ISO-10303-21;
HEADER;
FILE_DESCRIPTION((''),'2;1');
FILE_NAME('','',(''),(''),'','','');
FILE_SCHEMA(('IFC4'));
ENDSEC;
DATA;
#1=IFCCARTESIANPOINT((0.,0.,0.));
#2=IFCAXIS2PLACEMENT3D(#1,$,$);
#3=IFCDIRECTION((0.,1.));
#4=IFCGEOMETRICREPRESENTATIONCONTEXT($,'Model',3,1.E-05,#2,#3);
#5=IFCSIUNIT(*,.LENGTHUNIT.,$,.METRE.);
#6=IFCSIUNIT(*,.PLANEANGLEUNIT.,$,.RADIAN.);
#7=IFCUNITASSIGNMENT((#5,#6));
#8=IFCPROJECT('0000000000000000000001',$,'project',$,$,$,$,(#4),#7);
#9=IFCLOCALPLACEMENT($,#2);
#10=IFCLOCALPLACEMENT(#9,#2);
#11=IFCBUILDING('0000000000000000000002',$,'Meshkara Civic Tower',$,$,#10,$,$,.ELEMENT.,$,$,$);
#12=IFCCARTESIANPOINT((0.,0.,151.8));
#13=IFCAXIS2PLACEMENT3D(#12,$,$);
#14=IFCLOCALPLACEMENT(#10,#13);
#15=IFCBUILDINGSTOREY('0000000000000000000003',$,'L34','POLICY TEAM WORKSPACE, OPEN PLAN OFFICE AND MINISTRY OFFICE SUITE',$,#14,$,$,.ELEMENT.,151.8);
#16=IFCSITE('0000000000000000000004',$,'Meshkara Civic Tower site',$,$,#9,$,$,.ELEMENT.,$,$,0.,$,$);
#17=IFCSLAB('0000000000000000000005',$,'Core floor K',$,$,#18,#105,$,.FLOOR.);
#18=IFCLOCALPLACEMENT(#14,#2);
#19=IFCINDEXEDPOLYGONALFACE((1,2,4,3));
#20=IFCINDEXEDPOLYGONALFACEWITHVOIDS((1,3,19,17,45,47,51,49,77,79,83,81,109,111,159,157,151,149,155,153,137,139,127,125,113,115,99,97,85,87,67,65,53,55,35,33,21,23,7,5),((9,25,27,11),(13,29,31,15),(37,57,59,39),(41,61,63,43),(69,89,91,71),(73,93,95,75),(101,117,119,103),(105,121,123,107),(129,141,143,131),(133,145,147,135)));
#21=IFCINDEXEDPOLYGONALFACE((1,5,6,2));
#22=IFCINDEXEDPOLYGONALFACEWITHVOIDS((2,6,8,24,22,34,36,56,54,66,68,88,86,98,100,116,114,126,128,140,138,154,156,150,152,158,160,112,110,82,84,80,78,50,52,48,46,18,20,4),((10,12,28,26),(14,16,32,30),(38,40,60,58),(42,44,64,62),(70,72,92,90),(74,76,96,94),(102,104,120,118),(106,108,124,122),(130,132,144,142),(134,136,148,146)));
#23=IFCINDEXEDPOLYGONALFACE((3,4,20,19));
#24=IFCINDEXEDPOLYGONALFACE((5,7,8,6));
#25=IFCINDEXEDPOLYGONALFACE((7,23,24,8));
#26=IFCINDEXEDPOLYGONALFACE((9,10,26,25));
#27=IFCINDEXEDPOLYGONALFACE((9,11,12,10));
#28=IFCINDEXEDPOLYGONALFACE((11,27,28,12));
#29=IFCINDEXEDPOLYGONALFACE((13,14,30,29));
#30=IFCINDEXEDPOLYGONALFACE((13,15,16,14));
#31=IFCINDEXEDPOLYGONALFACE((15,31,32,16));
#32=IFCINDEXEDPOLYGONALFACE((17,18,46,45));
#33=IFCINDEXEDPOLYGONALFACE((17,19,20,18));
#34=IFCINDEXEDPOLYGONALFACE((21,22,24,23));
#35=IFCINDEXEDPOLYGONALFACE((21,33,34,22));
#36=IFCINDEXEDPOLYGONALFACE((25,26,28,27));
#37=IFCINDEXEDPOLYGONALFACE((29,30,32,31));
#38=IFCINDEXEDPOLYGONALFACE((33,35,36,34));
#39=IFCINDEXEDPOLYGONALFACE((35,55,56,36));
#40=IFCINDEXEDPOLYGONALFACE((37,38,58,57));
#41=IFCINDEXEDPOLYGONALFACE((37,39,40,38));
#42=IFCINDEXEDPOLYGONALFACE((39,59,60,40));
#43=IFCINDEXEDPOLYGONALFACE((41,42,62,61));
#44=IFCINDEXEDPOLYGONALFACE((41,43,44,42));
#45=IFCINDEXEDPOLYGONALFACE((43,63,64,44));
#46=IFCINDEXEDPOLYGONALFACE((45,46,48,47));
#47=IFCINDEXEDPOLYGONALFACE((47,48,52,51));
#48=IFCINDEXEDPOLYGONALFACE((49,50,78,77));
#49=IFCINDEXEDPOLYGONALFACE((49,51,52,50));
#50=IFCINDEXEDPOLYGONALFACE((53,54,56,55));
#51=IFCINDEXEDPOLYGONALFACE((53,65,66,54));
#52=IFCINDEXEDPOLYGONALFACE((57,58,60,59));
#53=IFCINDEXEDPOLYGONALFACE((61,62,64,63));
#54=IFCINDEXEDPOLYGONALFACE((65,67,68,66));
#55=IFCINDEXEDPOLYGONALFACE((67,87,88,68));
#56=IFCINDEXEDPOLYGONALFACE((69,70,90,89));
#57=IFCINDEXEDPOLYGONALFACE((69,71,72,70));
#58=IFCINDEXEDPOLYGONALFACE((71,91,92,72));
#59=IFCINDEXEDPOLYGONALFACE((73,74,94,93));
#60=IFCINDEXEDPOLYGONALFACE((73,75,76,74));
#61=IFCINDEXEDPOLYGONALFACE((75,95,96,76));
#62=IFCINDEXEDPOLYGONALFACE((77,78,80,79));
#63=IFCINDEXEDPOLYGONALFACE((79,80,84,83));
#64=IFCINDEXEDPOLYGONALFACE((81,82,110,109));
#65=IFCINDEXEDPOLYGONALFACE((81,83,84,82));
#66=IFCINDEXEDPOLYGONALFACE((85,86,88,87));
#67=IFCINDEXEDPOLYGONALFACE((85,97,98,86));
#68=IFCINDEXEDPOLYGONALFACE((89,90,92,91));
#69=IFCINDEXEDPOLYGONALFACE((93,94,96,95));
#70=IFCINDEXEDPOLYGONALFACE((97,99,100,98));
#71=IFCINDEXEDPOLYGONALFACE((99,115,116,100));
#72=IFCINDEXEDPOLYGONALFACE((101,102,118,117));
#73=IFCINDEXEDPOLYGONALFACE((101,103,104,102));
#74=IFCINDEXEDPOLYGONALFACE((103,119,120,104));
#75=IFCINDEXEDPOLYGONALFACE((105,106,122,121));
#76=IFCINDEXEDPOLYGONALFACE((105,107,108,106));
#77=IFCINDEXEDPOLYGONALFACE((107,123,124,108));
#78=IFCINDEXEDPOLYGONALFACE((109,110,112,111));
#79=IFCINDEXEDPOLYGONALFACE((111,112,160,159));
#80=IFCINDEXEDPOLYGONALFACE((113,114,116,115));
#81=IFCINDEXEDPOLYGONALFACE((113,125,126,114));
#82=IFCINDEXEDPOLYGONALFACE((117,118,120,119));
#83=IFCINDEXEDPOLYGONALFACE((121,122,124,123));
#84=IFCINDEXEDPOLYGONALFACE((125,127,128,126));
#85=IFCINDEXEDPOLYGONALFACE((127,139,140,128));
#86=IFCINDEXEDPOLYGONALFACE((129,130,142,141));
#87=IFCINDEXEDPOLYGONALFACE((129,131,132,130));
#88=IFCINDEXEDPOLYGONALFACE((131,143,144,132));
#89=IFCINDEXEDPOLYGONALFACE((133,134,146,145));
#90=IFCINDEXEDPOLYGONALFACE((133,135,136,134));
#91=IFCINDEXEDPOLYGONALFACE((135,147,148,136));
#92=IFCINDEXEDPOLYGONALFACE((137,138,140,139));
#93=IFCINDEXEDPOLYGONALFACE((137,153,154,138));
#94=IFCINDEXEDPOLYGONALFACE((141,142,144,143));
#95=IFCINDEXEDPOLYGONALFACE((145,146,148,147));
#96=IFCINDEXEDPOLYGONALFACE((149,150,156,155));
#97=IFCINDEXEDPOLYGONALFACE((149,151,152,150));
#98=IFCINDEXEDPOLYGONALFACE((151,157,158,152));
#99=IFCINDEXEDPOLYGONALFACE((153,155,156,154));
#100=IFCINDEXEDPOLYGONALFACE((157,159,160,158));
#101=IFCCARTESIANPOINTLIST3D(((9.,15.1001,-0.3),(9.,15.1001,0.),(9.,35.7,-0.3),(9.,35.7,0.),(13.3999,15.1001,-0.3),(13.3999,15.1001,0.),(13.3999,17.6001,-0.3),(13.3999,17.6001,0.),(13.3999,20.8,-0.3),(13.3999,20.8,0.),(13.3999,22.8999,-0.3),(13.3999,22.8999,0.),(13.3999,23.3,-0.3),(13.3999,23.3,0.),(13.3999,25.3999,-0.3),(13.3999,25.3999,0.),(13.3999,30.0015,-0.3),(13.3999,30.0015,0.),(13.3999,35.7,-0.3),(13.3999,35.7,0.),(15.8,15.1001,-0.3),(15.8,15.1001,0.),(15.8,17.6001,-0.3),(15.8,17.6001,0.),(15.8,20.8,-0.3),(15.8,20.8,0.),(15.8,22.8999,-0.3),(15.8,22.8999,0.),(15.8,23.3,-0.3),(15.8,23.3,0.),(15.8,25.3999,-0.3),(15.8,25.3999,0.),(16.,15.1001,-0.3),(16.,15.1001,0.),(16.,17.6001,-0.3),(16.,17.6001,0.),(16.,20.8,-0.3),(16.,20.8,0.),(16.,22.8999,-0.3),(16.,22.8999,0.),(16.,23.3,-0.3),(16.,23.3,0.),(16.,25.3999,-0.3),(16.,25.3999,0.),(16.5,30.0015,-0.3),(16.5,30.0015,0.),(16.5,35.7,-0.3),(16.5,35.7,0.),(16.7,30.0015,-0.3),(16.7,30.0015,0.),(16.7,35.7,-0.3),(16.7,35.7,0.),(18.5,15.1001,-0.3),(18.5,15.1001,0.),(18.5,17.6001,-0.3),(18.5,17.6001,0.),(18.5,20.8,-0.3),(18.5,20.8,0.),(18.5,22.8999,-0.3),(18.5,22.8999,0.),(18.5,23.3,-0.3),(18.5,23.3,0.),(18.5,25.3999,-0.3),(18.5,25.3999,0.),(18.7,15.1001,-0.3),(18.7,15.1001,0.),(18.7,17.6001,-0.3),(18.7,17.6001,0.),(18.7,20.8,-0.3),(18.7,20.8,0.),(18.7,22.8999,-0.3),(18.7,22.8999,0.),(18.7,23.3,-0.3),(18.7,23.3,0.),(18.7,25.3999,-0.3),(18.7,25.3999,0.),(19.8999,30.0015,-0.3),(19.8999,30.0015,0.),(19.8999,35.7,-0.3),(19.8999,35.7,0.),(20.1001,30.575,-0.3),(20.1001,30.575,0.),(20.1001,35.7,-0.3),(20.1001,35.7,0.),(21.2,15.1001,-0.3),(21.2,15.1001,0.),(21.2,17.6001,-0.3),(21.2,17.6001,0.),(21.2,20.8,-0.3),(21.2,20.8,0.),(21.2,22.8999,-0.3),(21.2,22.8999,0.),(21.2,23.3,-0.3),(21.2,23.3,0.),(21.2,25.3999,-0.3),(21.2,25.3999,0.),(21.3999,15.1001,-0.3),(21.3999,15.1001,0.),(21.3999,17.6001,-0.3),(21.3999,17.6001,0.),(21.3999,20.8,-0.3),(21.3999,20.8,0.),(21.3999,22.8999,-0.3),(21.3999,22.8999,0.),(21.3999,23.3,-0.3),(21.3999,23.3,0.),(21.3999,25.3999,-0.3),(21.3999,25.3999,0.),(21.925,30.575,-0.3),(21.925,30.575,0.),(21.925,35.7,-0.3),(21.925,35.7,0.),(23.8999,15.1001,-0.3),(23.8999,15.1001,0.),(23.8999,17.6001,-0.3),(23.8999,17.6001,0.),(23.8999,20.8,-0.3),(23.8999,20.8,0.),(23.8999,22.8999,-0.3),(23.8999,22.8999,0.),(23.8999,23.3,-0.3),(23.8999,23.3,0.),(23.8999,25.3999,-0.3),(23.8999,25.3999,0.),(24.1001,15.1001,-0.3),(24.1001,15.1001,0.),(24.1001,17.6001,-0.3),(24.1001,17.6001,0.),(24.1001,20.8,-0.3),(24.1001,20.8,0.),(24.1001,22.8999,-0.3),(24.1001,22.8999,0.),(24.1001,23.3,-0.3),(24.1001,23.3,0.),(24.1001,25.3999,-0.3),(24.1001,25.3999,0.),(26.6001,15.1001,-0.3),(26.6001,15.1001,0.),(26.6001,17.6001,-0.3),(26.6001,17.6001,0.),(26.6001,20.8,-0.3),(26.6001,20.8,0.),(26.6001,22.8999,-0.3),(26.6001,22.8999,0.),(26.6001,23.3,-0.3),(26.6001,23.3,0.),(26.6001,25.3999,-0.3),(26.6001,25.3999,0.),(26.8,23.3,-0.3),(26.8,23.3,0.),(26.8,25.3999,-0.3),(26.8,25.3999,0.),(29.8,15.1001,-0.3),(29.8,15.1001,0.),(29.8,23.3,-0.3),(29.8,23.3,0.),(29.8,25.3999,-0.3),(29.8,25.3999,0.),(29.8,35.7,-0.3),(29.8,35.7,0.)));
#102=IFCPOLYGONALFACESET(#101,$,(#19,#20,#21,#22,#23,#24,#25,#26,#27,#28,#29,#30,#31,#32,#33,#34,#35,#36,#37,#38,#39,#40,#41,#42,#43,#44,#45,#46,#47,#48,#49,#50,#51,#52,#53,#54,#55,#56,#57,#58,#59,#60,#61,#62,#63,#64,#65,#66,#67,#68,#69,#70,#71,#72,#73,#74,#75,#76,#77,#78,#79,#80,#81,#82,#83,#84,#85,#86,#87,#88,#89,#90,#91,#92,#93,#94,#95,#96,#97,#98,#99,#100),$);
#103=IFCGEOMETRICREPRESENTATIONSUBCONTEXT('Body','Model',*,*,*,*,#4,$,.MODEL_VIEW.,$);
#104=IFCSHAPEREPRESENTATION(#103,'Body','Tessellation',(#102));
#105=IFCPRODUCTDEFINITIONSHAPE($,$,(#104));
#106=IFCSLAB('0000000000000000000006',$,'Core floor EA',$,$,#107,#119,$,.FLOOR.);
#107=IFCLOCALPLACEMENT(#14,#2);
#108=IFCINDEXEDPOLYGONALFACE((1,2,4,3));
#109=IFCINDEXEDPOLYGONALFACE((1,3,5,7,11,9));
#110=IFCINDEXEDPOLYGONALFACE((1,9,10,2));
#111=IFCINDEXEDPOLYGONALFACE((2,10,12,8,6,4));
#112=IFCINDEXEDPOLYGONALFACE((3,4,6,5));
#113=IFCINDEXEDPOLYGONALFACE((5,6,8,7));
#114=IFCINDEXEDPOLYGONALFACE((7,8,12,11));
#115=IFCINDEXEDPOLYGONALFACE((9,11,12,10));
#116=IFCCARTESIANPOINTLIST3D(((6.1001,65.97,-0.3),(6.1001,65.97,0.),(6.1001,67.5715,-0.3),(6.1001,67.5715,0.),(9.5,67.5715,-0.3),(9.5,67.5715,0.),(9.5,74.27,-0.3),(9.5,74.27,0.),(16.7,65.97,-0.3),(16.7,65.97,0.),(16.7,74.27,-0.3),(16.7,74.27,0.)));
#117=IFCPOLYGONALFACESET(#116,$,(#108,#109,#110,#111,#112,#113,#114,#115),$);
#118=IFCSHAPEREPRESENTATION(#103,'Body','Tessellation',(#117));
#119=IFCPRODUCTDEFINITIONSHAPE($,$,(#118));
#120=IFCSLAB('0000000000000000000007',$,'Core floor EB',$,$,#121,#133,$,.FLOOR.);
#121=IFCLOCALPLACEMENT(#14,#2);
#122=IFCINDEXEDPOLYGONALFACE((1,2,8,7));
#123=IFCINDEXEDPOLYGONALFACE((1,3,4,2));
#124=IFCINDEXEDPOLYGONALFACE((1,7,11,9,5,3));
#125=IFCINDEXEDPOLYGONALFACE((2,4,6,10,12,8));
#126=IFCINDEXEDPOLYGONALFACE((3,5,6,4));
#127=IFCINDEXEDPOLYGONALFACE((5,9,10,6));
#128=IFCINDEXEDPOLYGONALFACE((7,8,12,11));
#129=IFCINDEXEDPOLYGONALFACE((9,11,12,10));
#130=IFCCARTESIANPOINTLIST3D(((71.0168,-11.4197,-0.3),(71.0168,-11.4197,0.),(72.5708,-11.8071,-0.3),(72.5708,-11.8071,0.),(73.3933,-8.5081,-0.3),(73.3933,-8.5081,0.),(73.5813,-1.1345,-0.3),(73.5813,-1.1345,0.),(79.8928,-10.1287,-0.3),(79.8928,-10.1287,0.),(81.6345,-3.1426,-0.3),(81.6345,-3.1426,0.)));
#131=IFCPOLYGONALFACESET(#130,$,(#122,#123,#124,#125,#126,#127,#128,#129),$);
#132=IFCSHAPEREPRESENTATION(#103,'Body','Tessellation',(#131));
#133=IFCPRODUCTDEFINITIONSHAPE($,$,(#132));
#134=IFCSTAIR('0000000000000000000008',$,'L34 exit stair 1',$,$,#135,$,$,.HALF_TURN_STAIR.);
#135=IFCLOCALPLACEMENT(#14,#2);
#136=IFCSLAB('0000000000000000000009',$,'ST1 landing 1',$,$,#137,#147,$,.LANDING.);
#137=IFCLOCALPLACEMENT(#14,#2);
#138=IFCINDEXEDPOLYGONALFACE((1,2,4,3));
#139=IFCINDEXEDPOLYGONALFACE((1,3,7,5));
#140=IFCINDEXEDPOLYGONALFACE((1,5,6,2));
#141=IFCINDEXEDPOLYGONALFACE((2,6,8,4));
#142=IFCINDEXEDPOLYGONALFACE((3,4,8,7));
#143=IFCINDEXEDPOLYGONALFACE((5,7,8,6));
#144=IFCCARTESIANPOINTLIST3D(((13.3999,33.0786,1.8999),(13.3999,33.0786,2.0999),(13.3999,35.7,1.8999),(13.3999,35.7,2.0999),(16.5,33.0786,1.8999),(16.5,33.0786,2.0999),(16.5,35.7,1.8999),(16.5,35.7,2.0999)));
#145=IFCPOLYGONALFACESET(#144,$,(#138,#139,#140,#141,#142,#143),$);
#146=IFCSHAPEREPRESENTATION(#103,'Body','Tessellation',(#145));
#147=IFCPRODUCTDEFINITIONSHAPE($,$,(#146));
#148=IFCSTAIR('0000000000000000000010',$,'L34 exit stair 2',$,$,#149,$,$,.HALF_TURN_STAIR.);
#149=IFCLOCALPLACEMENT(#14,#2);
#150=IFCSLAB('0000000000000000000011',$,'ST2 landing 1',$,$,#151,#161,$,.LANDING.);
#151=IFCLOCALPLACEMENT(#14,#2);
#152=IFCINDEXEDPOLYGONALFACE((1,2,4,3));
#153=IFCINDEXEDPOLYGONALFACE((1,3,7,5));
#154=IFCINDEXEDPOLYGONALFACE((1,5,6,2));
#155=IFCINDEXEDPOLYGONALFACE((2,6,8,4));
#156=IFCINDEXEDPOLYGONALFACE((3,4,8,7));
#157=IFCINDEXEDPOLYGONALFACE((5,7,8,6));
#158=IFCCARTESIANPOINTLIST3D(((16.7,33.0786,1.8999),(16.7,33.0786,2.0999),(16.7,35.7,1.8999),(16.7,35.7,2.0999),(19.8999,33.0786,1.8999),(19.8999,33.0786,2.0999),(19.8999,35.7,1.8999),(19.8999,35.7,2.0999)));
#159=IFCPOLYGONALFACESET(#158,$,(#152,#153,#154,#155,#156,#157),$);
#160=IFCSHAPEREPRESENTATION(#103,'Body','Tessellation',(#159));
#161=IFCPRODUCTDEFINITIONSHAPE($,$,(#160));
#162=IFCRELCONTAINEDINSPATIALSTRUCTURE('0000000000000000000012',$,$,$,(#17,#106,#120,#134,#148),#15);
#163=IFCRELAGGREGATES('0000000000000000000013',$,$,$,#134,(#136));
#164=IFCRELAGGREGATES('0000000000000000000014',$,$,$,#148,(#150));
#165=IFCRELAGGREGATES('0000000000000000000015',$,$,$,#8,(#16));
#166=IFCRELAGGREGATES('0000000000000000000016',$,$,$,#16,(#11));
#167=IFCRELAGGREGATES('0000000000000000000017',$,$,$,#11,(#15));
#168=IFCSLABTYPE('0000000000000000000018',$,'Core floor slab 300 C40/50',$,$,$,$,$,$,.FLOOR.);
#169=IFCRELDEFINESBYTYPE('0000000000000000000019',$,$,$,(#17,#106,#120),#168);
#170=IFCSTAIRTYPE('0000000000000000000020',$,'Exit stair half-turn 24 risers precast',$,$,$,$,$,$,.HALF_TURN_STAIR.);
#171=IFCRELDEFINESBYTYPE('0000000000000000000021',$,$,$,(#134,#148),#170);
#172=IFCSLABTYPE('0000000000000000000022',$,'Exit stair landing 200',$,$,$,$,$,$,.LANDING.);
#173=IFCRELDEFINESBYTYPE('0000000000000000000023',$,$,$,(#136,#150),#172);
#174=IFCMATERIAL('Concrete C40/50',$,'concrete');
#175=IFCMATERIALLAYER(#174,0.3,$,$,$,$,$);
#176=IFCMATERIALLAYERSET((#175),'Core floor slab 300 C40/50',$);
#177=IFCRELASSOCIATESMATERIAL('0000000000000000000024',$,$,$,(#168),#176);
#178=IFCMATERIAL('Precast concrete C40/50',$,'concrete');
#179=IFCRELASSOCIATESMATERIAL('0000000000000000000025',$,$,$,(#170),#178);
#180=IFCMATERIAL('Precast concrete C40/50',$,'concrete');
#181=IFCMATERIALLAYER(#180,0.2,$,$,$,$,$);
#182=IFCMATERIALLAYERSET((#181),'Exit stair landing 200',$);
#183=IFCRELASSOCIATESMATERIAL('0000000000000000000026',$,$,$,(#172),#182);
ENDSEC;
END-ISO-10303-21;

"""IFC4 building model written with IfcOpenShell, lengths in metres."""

from ifc_helpers import new_model, si_unit, direction, frame, origin, place, context, subcontext, project, spatial, polyline, outline, extrude, material, layer, layer_set, type_object, element, aggregate, save


model = new_model("IFC4")

# Units and contexts
model_context = context("Model", 3, precision=1e-05, world=origin(), true_north=direction((0.0, 1.0)))
body_context = subcontext(model_context, "Body", "Model", "MODEL_VIEW")
ifc_project = project(units=[si_unit("LENGTHUNIT", "METRE"), si_unit("PLANEANGLEUNIT", "RADIAN")], contexts=[model_context])

# Site, building, storey
site_placement = place(None, origin())
site = spatial("IfcSite", under=ifc_project, at=site_placement, Name="Meshkara Civic Tower site", CompositionType="ELEMENT", RefElevation=0.0)
building_placement = place(site_placement, origin())
building = spatial("IfcBuilding", under=site, at=building_placement, Name="Meshkara Civic Tower", CompositionType="ELEMENT")
storey_placement = place(building_placement, frame((0.0, 0.0, 151.8)))
storey = spatial("IfcBuildingStorey", under=building, at=storey_placement, Name="L34", Description="POLICY TEAM WORKSPACE, OPEN PLAN OFFICE AND MINISTRY OFFICE SUITE", CompositionType="ELEMENT", Elevation=151.8)

# Slabs
ifc_material_1 = material(Name="Concrete C40/50", Category="concrete")
ifc_layer_1 = layer(ifc_material_1, 0.3)
ifc_layer_set_1 = layer_set([ifc_layer_1], Name="Core floor slab 300 C40/50")
slab_type_1 = type_object("IfcSlabType", Name="Core floor slab 300 C40/50", PredefinedType="FLOOR", material=ifc_layer_set_1)
slab_1_placement = place(storey_placement, frame((0.0, 0.0, -0.3)))
element("IfcSlab", 1, at=slab_1_placement, inside=storey, type_object=slab_type_1, Name="Core floor K", PredefinedType="FLOOR", context=body_context, shape_type="SweptSolid", body=[
    extrude(outline(polyline([(9.0, 35.7), (13.3999, 35.7), (13.3999, 30.0015), (16.5, 30.0015), (16.5, 35.7), (16.7, 35.7), (16.7, 30.0015), (19.8999, 30.0015), (19.8999, 35.7), (20.1001, 35.7), (20.1001, 30.575), (21.925, 30.575), (21.925, 35.7), (29.8, 35.7), (29.8, 25.3999), (26.8, 25.3999), (26.8, 23.3), (29.8, 23.3), (29.8, 15.1001), (26.6001, 15.1001), (26.6001, 17.6001), (24.1001, 17.6001), (24.1001, 15.1001), (23.8999, 15.1001), (23.8999, 17.6001), (21.3999, 17.6001), (21.3999, 15.1001), (21.2, 15.1001), (21.2, 17.6001), (18.7, 17.6001), (18.7, 15.1001), (18.5, 15.1001), (18.5, 17.6001), (16.0, 17.6001), (16.0, 15.1001), (15.8, 15.1001), (15.8, 17.6001), (13.3999, 17.6001), (13.3999, 15.1001), (9.0, 15.1001), (9.0, 35.7)]), holes=[polyline([(15.8, 20.8), (15.8, 22.8999), (13.3999, 22.8999), (13.3999, 20.8), (15.8, 20.8)]), polyline([(16.0, 22.8999), (16.0, 20.8), (18.5, 20.8), (18.5, 22.8999), (16.0, 22.8999)]), polyline([(18.7, 22.8999), (18.7, 20.8), (21.2, 20.8), (21.2, 22.8999), (18.7, 22.8999)]), polyline([(15.8, 23.3), (15.8, 25.3999), (13.3999, 25.3999), (13.3999, 23.3), (15.8, 23.3)]), polyline([(16.0, 25.3999), (16.0, 23.3), (18.5, 23.3), (18.5, 25.3999), (16.0, 25.3999)]), polyline([(21.2, 25.3999), (18.7, 25.3999), (18.7, 23.3), (21.2, 23.3), (21.2, 25.3999)]), polyline([(21.3999, 22.8999), (21.3999, 20.8), (23.8999, 20.8), (23.8999, 22.8999), (21.3999, 22.8999)]), polyline([(24.1001, 20.8), (26.6001, 20.8), (26.6001, 22.8999), (24.1001, 22.8999), (24.1001, 20.8)]), polyline([(21.3999, 23.3), (23.8999, 23.3), (23.8999, 25.3999), (21.3999, 25.3999), (21.3999, 23.3)]), polyline([(26.6001, 23.3), (26.6001, 25.3999), (24.1001, 25.3999), (24.1001, 23.3), (26.6001, 23.3)])]), origin(), (0.0, 0.0, 1.0), 0.3),
])
slab_2_placement = place(storey_placement, frame((0.0, 0.0, -0.3)))
element("IfcSlab", 2, at=slab_2_placement, inside=storey, type_object=slab_type_1, Name="Core floor EA", PredefinedType="FLOOR", context=body_context, shape_type="SweptSolid", body=[
    extrude(outline(polyline([(16.7, 65.97), (16.7, 74.27), (9.5, 74.27), (9.5, 67.5715), (6.1001, 67.5715), (6.1001, 65.97), (16.7, 65.97)])), origin(), (0.0, 0.0, 1.0), 0.3),
])
slab_3_placement = place(storey_placement, frame((0.0, 0.0, -0.3)))
element("IfcSlab", 3, at=slab_3_placement, inside=storey, type_object=slab_type_1, Name="Core floor EB", PredefinedType="FLOOR", context=body_context, shape_type="SweptSolid", body=[
    extrude(outline(polyline([(73.5813, -1.1345), (81.6345, -3.1426), (79.8928, -10.1287), (73.3933, -8.5081), (72.5708, -11.8071), (71.0168, -11.4197), (73.5813, -1.1345)])), origin(), (0.0, 0.0, 1.0), 0.3),
])

# Stairs, slabs
ifc_material_2 = material(Name="Precast concrete C40/50", Category="concrete")
stair_type = type_object("IfcStairType", Name="Exit stair half-turn 24 risers precast", PredefinedType="HALF_TURN_STAIR", material=ifc_material_2)
stair_1_placement = place(storey_placement, origin())
stair_1 = element("IfcStair", 4, at=stair_1_placement, inside=storey, type_object=stair_type, Name="L34 exit stair 1", PredefinedType="HALF_TURN_STAIR")
ifc_material_3 = material(Name="Precast concrete C40/50", Category="concrete")
ifc_layer_2 = layer(ifc_material_3, 0.2)
ifc_layer_set_2 = layer_set([ifc_layer_2], Name="Exit stair landing 200")
slab_type_2 = type_object("IfcSlabType", Name="Exit stair landing 200", PredefinedType="LANDING", material=ifc_layer_set_2)
slab_4_placement = place(storey_placement, frame((0.0, 0.0, 1.8999)))
slab_4 = element("IfcSlab", 5, at=slab_4_placement, type_object=slab_type_2, Name="ST1 landing 1", PredefinedType="LANDING", context=body_context, shape_type="SweptSolid", body=[
    extrude(outline(polyline([(16.5, 33.0786), (16.5, 35.7), (13.3999, 35.7), (13.3999, 33.0786), (16.5, 33.0786)])), origin(), (0.0, 0.0, 1.0), 0.2),
])
aggregate(stair_1, [slab_4])
stair_2_placement = place(storey_placement, origin())
stair_2 = element("IfcStair", 6, at=stair_2_placement, inside=storey, type_object=stair_type, Name="L34 exit stair 2", PredefinedType="HALF_TURN_STAIR")
slab_5_placement = place(storey_placement, frame((0.0, 0.0, 1.8999)))
slab_5 = element("IfcSlab", 7, at=slab_5_placement, type_object=slab_type_2, Name="ST2 landing 1", PredefinedType="LANDING", context=body_context, shape_type="SweptSolid", body=[
    extrude(outline(polyline([(19.8999, 33.0786), (19.8999, 35.7), (16.7, 35.7), (16.7, 33.0786), (19.8999, 33.0786)])), origin(), (0.0, 0.0, 1.0), 0.2),
])
aggregate(stair_2, [slab_5])

save(model, "model.ifc")
